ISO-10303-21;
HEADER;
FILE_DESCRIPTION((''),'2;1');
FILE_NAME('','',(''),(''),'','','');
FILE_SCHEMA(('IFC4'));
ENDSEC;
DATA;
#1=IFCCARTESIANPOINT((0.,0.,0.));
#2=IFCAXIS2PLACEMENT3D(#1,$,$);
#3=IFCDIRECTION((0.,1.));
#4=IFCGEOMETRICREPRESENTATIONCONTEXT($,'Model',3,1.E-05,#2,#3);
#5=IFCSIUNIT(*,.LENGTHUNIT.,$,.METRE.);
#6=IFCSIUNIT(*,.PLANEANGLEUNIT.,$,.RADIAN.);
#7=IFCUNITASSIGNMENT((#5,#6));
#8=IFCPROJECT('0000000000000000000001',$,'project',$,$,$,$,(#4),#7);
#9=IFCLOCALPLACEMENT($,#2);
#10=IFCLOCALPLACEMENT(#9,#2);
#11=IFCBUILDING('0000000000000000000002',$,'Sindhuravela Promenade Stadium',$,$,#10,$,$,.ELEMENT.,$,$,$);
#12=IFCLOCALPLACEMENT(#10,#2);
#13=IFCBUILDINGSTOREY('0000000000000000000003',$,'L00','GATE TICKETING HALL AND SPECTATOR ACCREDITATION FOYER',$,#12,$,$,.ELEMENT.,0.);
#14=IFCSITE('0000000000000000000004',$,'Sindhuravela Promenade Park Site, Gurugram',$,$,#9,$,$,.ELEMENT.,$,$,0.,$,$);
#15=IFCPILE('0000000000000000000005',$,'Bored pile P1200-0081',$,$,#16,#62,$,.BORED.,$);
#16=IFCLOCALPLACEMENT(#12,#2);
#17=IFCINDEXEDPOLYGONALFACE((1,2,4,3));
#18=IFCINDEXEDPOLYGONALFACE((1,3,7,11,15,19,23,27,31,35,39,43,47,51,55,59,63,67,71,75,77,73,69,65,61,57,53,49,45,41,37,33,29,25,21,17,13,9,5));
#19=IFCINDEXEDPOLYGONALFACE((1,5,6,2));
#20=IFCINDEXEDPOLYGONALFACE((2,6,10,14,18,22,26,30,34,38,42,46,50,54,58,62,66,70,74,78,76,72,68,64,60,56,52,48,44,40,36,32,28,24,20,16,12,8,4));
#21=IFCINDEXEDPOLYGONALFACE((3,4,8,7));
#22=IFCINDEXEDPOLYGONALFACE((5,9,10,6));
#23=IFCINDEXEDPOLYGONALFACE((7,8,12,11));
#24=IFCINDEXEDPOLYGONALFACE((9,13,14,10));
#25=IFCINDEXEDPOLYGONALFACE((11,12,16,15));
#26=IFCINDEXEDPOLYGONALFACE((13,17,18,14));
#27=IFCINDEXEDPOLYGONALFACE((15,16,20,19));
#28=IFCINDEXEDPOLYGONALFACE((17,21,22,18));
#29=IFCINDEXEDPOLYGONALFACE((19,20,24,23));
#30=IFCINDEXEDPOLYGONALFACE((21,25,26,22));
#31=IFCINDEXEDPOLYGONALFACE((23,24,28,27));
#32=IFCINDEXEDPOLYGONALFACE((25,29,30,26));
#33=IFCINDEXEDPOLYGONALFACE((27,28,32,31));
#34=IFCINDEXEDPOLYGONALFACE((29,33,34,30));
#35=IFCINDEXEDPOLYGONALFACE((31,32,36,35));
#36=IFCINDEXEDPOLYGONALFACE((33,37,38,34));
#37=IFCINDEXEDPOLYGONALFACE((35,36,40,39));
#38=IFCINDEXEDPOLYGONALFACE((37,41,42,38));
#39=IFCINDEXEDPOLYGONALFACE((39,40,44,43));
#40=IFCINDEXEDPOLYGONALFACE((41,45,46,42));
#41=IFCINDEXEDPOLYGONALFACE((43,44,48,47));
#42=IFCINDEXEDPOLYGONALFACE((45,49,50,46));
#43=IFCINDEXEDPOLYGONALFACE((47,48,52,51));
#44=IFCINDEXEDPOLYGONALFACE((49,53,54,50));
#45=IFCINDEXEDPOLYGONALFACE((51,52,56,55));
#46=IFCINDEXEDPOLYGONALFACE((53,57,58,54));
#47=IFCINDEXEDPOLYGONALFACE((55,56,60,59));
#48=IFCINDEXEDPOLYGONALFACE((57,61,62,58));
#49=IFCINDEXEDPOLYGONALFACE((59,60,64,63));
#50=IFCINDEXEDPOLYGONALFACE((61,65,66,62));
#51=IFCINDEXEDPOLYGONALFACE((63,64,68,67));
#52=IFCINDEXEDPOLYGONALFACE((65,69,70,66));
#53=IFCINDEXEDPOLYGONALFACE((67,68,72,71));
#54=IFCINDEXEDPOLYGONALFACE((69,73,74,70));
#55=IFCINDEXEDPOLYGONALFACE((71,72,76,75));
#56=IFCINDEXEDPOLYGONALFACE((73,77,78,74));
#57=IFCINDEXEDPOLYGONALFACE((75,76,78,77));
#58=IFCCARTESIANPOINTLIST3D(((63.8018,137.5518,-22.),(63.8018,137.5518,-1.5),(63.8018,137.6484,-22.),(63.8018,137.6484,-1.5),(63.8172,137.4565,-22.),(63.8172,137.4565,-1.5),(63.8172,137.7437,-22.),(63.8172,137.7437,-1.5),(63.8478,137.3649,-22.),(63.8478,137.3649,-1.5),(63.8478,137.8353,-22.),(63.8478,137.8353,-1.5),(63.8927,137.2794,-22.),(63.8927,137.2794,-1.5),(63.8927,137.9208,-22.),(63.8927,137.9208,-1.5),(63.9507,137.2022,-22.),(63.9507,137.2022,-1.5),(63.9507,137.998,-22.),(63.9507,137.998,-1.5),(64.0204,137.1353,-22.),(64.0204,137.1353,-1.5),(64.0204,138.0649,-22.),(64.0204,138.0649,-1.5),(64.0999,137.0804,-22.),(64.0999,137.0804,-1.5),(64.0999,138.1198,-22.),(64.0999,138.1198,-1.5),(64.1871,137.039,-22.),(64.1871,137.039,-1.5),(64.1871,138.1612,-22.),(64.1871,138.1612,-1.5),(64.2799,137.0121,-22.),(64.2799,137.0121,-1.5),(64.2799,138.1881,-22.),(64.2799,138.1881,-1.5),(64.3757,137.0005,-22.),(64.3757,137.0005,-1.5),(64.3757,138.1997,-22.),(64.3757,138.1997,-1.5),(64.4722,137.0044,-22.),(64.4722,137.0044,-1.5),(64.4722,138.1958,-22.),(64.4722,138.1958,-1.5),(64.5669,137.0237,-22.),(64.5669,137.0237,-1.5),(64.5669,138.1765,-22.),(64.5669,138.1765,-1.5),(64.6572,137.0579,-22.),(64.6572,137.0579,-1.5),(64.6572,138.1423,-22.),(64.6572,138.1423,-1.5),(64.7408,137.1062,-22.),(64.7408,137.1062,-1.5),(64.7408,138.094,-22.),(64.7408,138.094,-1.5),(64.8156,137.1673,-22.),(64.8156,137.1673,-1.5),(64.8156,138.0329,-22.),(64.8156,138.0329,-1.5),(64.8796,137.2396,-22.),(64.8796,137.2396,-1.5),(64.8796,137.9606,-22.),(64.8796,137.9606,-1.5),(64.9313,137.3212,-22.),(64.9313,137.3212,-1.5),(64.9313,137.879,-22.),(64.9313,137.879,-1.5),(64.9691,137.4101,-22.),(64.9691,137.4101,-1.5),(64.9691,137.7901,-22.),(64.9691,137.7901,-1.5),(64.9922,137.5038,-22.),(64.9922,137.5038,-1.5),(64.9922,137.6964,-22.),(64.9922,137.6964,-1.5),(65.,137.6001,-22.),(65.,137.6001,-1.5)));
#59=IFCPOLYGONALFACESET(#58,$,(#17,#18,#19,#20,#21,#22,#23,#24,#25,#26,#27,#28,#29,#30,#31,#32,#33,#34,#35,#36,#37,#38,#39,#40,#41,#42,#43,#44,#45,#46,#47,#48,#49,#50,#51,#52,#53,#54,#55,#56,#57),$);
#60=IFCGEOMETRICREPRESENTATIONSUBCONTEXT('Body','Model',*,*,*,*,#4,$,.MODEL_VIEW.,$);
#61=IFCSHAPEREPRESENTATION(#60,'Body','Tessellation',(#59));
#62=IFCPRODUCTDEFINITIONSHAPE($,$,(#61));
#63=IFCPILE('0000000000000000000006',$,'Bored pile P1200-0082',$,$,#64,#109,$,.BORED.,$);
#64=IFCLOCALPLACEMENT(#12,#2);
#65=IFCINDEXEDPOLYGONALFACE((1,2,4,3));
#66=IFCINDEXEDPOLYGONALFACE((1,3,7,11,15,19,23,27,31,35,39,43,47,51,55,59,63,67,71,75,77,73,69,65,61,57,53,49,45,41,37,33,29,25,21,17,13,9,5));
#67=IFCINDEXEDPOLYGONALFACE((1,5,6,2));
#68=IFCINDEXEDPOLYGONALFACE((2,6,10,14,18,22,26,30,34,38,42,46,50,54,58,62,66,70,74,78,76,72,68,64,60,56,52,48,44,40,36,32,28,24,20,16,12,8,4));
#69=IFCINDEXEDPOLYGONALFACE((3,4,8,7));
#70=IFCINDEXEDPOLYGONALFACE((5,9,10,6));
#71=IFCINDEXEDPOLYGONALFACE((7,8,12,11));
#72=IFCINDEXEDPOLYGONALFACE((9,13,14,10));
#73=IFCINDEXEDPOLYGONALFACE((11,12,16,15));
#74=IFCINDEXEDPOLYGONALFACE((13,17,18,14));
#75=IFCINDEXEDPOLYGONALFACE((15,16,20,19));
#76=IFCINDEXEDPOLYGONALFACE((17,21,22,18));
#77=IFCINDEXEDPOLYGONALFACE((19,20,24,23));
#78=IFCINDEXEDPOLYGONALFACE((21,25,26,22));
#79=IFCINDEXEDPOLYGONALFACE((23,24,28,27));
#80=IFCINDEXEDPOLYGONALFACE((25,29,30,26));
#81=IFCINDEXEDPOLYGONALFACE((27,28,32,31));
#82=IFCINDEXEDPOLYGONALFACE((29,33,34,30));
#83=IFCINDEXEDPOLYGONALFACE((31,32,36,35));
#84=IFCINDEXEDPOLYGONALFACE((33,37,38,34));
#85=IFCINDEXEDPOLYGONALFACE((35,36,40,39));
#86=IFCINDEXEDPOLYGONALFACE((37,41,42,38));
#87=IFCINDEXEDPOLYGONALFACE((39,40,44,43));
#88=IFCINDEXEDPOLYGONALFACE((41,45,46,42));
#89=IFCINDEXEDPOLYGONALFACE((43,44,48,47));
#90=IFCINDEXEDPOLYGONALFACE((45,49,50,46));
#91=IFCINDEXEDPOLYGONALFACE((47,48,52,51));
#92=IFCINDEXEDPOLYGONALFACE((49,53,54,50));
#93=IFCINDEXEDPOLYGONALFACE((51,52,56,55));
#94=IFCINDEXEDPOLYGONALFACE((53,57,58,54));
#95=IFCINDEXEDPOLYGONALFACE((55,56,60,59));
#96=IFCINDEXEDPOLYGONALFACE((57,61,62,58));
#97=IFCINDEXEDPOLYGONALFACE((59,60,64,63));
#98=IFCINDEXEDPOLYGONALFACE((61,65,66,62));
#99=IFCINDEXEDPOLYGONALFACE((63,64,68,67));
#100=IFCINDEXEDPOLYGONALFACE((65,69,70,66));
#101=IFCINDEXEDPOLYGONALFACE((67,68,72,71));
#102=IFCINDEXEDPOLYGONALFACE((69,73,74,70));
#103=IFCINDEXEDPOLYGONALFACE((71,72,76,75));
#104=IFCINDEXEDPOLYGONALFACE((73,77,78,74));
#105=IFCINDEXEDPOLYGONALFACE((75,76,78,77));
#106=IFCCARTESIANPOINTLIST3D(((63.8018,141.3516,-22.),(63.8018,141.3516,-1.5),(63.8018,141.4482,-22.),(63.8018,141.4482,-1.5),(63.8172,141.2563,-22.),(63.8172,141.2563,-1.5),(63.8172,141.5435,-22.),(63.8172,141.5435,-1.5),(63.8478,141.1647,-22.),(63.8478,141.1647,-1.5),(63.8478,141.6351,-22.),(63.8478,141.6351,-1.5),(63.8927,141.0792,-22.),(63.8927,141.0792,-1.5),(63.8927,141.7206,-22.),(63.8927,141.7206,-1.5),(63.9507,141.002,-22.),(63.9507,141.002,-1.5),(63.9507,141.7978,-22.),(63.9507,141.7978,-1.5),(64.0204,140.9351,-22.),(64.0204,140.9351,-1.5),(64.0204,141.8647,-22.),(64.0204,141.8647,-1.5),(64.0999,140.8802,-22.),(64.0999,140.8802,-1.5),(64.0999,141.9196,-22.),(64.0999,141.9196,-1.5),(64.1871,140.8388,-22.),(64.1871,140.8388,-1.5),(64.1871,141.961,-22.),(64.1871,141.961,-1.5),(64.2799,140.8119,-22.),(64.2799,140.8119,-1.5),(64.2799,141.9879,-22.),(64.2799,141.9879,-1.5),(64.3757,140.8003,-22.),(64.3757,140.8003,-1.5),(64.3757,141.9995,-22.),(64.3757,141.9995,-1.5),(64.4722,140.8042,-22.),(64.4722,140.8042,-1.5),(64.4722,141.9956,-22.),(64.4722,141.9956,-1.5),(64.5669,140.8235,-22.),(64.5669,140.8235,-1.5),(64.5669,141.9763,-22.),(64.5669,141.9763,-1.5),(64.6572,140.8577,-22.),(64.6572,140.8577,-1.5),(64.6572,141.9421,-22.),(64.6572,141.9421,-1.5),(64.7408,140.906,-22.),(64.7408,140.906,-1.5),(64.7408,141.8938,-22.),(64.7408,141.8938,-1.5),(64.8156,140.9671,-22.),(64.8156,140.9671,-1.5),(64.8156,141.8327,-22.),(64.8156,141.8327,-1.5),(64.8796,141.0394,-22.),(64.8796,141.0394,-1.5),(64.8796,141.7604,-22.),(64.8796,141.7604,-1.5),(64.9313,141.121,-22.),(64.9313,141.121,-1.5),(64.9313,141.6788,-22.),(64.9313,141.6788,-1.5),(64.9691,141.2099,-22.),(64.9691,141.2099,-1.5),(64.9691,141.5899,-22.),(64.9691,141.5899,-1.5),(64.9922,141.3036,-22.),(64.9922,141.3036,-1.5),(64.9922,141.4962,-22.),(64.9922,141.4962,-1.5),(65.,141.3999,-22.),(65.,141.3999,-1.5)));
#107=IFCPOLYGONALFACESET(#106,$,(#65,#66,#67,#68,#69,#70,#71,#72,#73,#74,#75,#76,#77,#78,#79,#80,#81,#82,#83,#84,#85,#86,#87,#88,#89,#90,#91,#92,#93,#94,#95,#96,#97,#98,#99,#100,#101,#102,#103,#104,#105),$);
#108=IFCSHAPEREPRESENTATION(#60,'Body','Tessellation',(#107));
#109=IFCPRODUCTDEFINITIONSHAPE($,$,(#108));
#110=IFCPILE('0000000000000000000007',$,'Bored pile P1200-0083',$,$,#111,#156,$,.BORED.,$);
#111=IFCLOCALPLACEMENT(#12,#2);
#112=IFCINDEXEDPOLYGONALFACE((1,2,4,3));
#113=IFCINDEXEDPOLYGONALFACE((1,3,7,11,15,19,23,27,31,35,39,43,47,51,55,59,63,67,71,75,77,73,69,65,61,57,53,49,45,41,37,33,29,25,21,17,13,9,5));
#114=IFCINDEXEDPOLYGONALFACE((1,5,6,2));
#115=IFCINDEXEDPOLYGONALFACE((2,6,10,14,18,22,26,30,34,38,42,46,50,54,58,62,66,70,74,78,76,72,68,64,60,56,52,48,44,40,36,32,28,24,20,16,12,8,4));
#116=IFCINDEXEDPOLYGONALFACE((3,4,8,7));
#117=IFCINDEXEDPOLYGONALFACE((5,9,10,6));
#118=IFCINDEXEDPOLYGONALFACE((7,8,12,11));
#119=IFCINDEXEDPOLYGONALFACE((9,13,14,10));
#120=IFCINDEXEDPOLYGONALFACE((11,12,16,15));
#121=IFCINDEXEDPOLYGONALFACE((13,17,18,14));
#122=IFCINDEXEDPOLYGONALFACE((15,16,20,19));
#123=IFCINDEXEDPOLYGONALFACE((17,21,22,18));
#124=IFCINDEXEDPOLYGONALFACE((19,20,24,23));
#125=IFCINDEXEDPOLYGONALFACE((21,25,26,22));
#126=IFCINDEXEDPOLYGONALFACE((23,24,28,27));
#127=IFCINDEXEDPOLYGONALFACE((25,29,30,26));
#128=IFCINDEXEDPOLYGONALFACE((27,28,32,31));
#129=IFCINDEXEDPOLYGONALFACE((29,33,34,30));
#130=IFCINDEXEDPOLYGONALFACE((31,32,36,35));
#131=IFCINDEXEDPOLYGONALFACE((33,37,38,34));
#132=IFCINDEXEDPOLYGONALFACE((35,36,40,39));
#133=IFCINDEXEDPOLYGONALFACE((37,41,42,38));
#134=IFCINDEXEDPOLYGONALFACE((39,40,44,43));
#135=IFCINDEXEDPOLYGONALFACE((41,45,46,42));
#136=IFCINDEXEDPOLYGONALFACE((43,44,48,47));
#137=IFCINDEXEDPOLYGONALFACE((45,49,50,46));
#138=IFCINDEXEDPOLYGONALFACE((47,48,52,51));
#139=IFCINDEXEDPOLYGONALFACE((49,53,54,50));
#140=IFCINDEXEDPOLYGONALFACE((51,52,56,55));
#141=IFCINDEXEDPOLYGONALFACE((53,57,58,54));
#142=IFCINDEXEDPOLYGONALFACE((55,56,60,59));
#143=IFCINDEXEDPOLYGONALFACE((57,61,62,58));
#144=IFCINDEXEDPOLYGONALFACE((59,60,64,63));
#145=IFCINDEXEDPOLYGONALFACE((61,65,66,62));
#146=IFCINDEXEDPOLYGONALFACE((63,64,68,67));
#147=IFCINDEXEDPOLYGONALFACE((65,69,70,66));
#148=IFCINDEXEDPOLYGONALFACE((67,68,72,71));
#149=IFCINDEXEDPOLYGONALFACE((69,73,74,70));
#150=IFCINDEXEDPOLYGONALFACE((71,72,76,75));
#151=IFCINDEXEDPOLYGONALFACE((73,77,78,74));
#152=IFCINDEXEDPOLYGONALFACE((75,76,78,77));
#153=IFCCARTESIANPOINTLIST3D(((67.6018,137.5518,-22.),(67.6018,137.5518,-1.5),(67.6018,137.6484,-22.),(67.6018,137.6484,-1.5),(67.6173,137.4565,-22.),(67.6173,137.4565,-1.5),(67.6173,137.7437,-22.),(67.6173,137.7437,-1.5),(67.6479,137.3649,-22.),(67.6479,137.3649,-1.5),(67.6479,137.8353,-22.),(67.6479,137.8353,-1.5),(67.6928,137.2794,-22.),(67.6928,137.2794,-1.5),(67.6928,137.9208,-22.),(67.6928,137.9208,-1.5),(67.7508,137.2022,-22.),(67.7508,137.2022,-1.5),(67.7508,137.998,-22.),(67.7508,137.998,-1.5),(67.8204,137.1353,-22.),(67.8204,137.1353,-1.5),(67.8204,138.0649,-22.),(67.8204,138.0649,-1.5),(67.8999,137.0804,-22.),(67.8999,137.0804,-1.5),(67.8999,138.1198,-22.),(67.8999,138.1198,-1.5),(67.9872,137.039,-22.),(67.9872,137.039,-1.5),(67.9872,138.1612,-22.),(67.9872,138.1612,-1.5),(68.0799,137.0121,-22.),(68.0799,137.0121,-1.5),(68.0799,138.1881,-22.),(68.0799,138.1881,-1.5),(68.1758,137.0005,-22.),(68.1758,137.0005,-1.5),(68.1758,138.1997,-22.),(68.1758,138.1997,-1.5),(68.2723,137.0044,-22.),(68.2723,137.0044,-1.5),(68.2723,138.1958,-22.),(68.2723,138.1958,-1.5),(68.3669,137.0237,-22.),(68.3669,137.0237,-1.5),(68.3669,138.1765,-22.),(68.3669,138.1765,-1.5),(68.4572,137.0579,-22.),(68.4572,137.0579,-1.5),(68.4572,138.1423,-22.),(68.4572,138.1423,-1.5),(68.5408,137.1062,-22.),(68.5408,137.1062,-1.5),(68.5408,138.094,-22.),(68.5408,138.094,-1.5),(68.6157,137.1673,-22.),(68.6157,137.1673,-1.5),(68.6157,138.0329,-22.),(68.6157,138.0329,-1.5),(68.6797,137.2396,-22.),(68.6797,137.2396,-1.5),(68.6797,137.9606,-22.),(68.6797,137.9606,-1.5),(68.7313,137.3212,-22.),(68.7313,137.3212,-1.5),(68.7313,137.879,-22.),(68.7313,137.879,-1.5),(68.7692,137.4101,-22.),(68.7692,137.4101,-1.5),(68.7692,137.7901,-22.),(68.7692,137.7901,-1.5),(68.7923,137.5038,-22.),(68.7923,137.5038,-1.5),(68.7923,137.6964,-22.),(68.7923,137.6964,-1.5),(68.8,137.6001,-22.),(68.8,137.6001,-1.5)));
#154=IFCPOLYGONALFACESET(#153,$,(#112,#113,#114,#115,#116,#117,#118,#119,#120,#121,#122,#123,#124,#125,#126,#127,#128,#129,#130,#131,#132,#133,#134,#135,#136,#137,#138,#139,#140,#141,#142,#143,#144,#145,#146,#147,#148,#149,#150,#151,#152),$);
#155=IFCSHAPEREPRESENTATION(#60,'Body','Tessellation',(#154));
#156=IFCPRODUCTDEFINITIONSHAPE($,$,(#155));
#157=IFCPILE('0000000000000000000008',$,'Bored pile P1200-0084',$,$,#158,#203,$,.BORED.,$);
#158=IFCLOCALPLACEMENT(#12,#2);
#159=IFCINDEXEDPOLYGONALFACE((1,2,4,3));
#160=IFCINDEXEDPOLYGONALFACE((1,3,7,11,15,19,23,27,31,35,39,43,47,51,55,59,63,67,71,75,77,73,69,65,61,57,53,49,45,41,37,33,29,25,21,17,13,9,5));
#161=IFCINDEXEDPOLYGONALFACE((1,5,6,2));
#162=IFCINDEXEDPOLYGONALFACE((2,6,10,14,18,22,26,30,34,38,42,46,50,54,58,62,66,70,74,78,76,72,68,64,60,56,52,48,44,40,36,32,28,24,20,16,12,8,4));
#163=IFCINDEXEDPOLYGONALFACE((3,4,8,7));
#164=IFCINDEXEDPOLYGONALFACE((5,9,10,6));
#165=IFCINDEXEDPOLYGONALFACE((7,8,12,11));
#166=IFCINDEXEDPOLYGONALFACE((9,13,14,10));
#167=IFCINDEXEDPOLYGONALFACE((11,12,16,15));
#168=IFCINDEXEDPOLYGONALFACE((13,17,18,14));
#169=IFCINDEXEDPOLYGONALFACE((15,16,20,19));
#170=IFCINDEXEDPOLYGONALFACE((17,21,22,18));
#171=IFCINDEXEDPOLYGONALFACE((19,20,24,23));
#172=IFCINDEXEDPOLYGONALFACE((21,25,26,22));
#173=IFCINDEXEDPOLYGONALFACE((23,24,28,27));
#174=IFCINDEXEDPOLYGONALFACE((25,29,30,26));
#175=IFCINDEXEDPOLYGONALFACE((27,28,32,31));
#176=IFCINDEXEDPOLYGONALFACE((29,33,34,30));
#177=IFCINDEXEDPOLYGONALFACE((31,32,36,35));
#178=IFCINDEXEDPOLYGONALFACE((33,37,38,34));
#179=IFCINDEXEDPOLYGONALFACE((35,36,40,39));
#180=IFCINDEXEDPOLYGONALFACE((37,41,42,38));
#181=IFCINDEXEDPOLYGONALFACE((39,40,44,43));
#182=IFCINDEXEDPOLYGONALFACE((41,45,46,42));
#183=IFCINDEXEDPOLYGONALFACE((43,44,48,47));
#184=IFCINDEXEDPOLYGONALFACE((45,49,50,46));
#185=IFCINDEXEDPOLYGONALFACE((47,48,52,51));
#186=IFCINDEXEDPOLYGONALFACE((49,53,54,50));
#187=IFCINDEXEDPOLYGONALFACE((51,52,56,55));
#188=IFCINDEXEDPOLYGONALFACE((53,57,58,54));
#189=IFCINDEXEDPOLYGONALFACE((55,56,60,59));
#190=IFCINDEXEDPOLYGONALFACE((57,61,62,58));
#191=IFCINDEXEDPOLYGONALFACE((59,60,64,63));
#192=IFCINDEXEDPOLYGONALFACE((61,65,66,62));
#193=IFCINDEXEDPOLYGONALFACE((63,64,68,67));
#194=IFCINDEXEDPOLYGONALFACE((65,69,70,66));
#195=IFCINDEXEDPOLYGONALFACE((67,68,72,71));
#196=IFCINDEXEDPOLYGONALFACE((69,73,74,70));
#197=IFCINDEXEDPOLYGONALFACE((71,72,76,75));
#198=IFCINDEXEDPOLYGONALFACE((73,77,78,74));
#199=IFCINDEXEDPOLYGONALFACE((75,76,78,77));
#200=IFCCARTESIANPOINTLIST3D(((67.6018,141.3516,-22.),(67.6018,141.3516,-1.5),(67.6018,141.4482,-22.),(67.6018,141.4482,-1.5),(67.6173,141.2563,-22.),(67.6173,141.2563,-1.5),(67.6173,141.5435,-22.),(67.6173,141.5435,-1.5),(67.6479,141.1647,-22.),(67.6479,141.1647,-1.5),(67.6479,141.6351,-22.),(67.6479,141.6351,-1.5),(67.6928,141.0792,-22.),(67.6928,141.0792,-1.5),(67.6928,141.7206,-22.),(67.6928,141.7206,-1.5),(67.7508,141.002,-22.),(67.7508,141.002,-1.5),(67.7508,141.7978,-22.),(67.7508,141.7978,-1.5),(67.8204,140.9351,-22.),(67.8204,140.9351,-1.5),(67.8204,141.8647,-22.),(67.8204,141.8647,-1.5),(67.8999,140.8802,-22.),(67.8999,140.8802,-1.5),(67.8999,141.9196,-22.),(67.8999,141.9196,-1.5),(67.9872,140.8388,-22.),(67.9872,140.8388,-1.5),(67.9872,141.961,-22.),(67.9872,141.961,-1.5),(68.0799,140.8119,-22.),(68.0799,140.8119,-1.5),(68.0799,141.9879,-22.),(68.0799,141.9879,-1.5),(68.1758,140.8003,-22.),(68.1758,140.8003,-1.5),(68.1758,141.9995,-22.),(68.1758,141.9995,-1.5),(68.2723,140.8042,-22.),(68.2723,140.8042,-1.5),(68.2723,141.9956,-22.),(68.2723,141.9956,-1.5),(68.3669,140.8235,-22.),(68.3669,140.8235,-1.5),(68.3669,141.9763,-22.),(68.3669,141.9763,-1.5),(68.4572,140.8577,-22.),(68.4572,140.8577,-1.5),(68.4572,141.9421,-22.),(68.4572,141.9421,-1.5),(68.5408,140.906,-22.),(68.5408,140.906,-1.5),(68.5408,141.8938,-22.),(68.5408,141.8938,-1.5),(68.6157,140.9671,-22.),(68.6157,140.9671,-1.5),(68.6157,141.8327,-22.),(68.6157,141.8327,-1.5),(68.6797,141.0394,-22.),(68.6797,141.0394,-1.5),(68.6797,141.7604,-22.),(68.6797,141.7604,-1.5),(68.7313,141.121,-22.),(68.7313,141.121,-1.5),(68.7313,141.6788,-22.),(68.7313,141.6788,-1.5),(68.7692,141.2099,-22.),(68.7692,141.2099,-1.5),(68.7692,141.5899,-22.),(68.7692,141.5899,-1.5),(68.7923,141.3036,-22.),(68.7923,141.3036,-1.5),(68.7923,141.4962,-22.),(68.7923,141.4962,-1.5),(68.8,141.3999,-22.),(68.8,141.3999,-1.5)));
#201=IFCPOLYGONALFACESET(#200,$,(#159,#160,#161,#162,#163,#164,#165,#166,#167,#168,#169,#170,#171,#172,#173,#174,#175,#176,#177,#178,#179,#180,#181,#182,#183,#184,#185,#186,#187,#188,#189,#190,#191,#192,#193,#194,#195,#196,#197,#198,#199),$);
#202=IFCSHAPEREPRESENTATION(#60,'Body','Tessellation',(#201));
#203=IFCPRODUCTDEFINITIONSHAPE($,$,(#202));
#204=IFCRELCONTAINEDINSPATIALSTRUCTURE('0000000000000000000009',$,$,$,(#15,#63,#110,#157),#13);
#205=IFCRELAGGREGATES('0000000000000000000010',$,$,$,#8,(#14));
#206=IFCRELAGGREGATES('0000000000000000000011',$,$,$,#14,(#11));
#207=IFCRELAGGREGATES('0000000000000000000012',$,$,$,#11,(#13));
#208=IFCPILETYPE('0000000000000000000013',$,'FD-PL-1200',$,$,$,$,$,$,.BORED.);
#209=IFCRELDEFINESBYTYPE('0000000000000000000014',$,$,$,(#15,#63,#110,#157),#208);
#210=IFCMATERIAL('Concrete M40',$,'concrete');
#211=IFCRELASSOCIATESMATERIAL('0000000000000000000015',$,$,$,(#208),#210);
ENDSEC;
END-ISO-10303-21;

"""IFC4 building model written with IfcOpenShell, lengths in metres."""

from ifc_helpers import new_model, si_unit, direction, frame, origin, origin_2d, place, context, subcontext, project, spatial, circle, extrude, material, material_profile, profile_set, type_object, element, save


model = new_model("IFC4")

# Units and contexts
model_context = context("Model", 3, precision=1e-05, world=origin(), true_north=direction((0.0, 1.0)))
body_context = subcontext(model_context, "Body", "Model", "MODEL_VIEW")
ifc_project = project(units=[si_unit("LENGTHUNIT", "METRE"), si_unit("PLANEANGLEUNIT", "RADIAN")], contexts=[model_context])

# Site, building, storey
site_placement = place(None, origin())
site = spatial("IfcSite", under=ifc_project, at=site_placement, Name="Sindhuravela Promenade Park Site, Gurugram", CompositionType="ELEMENT", RefElevation=0.0)
building_placement = place(site_placement, origin())
building = spatial("IfcBuilding", under=site, at=building_placement, Name="Sindhuravela Promenade Stadium", CompositionType="ELEMENT")
storey_placement = place(building_placement, origin())
storey = spatial("IfcBuildingStorey", under=building, at=storey_placement, Name="L00", Description="GATE TICKETING HALL AND SPECTATOR ACCREDITATION FOYER", CompositionType="ELEMENT", Elevation=0.0)

# Piles
ifc_material_1 = material(Name="Concrete M40", Category="concrete")
ifc_material_profile_1 = material_profile(ifc_material_1, circle(Radius=0.6001, at=origin_2d()), Name="BORED PILE D1200")
ifc_profile_set_1 = profile_set([ifc_material_profile_1], Name="Concrete M40")
pile_type_1 = type_object("IfcPileType", Name="FD-PL-1200", PredefinedType="BORED", material=ifc_profile_set_1)
for number, where, z_axis, x_axis, name in (
    (1, (64.3999, 137.6001, -1.5), (0.0, 0.0, -1.0), (1.0, 0.0, 0.0), "Bored pile P1200-0081"),
    (2, (64.3999, 141.3999, -1.5), (0.0, 0.0, -1.0), (1.0, 0.0, 0.0), "Bored pile P1200-0082"),
    (3, (68.2, 137.6001, -1.5), (0.0, 0.0, -1.0), (1.0, 0.0, 0.0), "Bored pile P1200-0083"),
    (4, (68.2, 141.3999, -1.5), (0.0, 0.0, -1.0), (1.0, 0.0, 0.0), "Bored pile P1200-0084"),
):
    element("IfcPile", number, at=place(storey_placement, frame(where, z_axis=z_axis, x_axis=x_axis)), inside=storey, type_object=pile_type_1, Name=name, PredefinedType="BORED", context=body_context, shape_type="SweptSolid", body=[
        extrude(circle(Radius=0.6001, at=origin_2d()), origin(), (0.0, 0.0, 1.0), 20.5),
    ])

save(model, "model.ifc")
